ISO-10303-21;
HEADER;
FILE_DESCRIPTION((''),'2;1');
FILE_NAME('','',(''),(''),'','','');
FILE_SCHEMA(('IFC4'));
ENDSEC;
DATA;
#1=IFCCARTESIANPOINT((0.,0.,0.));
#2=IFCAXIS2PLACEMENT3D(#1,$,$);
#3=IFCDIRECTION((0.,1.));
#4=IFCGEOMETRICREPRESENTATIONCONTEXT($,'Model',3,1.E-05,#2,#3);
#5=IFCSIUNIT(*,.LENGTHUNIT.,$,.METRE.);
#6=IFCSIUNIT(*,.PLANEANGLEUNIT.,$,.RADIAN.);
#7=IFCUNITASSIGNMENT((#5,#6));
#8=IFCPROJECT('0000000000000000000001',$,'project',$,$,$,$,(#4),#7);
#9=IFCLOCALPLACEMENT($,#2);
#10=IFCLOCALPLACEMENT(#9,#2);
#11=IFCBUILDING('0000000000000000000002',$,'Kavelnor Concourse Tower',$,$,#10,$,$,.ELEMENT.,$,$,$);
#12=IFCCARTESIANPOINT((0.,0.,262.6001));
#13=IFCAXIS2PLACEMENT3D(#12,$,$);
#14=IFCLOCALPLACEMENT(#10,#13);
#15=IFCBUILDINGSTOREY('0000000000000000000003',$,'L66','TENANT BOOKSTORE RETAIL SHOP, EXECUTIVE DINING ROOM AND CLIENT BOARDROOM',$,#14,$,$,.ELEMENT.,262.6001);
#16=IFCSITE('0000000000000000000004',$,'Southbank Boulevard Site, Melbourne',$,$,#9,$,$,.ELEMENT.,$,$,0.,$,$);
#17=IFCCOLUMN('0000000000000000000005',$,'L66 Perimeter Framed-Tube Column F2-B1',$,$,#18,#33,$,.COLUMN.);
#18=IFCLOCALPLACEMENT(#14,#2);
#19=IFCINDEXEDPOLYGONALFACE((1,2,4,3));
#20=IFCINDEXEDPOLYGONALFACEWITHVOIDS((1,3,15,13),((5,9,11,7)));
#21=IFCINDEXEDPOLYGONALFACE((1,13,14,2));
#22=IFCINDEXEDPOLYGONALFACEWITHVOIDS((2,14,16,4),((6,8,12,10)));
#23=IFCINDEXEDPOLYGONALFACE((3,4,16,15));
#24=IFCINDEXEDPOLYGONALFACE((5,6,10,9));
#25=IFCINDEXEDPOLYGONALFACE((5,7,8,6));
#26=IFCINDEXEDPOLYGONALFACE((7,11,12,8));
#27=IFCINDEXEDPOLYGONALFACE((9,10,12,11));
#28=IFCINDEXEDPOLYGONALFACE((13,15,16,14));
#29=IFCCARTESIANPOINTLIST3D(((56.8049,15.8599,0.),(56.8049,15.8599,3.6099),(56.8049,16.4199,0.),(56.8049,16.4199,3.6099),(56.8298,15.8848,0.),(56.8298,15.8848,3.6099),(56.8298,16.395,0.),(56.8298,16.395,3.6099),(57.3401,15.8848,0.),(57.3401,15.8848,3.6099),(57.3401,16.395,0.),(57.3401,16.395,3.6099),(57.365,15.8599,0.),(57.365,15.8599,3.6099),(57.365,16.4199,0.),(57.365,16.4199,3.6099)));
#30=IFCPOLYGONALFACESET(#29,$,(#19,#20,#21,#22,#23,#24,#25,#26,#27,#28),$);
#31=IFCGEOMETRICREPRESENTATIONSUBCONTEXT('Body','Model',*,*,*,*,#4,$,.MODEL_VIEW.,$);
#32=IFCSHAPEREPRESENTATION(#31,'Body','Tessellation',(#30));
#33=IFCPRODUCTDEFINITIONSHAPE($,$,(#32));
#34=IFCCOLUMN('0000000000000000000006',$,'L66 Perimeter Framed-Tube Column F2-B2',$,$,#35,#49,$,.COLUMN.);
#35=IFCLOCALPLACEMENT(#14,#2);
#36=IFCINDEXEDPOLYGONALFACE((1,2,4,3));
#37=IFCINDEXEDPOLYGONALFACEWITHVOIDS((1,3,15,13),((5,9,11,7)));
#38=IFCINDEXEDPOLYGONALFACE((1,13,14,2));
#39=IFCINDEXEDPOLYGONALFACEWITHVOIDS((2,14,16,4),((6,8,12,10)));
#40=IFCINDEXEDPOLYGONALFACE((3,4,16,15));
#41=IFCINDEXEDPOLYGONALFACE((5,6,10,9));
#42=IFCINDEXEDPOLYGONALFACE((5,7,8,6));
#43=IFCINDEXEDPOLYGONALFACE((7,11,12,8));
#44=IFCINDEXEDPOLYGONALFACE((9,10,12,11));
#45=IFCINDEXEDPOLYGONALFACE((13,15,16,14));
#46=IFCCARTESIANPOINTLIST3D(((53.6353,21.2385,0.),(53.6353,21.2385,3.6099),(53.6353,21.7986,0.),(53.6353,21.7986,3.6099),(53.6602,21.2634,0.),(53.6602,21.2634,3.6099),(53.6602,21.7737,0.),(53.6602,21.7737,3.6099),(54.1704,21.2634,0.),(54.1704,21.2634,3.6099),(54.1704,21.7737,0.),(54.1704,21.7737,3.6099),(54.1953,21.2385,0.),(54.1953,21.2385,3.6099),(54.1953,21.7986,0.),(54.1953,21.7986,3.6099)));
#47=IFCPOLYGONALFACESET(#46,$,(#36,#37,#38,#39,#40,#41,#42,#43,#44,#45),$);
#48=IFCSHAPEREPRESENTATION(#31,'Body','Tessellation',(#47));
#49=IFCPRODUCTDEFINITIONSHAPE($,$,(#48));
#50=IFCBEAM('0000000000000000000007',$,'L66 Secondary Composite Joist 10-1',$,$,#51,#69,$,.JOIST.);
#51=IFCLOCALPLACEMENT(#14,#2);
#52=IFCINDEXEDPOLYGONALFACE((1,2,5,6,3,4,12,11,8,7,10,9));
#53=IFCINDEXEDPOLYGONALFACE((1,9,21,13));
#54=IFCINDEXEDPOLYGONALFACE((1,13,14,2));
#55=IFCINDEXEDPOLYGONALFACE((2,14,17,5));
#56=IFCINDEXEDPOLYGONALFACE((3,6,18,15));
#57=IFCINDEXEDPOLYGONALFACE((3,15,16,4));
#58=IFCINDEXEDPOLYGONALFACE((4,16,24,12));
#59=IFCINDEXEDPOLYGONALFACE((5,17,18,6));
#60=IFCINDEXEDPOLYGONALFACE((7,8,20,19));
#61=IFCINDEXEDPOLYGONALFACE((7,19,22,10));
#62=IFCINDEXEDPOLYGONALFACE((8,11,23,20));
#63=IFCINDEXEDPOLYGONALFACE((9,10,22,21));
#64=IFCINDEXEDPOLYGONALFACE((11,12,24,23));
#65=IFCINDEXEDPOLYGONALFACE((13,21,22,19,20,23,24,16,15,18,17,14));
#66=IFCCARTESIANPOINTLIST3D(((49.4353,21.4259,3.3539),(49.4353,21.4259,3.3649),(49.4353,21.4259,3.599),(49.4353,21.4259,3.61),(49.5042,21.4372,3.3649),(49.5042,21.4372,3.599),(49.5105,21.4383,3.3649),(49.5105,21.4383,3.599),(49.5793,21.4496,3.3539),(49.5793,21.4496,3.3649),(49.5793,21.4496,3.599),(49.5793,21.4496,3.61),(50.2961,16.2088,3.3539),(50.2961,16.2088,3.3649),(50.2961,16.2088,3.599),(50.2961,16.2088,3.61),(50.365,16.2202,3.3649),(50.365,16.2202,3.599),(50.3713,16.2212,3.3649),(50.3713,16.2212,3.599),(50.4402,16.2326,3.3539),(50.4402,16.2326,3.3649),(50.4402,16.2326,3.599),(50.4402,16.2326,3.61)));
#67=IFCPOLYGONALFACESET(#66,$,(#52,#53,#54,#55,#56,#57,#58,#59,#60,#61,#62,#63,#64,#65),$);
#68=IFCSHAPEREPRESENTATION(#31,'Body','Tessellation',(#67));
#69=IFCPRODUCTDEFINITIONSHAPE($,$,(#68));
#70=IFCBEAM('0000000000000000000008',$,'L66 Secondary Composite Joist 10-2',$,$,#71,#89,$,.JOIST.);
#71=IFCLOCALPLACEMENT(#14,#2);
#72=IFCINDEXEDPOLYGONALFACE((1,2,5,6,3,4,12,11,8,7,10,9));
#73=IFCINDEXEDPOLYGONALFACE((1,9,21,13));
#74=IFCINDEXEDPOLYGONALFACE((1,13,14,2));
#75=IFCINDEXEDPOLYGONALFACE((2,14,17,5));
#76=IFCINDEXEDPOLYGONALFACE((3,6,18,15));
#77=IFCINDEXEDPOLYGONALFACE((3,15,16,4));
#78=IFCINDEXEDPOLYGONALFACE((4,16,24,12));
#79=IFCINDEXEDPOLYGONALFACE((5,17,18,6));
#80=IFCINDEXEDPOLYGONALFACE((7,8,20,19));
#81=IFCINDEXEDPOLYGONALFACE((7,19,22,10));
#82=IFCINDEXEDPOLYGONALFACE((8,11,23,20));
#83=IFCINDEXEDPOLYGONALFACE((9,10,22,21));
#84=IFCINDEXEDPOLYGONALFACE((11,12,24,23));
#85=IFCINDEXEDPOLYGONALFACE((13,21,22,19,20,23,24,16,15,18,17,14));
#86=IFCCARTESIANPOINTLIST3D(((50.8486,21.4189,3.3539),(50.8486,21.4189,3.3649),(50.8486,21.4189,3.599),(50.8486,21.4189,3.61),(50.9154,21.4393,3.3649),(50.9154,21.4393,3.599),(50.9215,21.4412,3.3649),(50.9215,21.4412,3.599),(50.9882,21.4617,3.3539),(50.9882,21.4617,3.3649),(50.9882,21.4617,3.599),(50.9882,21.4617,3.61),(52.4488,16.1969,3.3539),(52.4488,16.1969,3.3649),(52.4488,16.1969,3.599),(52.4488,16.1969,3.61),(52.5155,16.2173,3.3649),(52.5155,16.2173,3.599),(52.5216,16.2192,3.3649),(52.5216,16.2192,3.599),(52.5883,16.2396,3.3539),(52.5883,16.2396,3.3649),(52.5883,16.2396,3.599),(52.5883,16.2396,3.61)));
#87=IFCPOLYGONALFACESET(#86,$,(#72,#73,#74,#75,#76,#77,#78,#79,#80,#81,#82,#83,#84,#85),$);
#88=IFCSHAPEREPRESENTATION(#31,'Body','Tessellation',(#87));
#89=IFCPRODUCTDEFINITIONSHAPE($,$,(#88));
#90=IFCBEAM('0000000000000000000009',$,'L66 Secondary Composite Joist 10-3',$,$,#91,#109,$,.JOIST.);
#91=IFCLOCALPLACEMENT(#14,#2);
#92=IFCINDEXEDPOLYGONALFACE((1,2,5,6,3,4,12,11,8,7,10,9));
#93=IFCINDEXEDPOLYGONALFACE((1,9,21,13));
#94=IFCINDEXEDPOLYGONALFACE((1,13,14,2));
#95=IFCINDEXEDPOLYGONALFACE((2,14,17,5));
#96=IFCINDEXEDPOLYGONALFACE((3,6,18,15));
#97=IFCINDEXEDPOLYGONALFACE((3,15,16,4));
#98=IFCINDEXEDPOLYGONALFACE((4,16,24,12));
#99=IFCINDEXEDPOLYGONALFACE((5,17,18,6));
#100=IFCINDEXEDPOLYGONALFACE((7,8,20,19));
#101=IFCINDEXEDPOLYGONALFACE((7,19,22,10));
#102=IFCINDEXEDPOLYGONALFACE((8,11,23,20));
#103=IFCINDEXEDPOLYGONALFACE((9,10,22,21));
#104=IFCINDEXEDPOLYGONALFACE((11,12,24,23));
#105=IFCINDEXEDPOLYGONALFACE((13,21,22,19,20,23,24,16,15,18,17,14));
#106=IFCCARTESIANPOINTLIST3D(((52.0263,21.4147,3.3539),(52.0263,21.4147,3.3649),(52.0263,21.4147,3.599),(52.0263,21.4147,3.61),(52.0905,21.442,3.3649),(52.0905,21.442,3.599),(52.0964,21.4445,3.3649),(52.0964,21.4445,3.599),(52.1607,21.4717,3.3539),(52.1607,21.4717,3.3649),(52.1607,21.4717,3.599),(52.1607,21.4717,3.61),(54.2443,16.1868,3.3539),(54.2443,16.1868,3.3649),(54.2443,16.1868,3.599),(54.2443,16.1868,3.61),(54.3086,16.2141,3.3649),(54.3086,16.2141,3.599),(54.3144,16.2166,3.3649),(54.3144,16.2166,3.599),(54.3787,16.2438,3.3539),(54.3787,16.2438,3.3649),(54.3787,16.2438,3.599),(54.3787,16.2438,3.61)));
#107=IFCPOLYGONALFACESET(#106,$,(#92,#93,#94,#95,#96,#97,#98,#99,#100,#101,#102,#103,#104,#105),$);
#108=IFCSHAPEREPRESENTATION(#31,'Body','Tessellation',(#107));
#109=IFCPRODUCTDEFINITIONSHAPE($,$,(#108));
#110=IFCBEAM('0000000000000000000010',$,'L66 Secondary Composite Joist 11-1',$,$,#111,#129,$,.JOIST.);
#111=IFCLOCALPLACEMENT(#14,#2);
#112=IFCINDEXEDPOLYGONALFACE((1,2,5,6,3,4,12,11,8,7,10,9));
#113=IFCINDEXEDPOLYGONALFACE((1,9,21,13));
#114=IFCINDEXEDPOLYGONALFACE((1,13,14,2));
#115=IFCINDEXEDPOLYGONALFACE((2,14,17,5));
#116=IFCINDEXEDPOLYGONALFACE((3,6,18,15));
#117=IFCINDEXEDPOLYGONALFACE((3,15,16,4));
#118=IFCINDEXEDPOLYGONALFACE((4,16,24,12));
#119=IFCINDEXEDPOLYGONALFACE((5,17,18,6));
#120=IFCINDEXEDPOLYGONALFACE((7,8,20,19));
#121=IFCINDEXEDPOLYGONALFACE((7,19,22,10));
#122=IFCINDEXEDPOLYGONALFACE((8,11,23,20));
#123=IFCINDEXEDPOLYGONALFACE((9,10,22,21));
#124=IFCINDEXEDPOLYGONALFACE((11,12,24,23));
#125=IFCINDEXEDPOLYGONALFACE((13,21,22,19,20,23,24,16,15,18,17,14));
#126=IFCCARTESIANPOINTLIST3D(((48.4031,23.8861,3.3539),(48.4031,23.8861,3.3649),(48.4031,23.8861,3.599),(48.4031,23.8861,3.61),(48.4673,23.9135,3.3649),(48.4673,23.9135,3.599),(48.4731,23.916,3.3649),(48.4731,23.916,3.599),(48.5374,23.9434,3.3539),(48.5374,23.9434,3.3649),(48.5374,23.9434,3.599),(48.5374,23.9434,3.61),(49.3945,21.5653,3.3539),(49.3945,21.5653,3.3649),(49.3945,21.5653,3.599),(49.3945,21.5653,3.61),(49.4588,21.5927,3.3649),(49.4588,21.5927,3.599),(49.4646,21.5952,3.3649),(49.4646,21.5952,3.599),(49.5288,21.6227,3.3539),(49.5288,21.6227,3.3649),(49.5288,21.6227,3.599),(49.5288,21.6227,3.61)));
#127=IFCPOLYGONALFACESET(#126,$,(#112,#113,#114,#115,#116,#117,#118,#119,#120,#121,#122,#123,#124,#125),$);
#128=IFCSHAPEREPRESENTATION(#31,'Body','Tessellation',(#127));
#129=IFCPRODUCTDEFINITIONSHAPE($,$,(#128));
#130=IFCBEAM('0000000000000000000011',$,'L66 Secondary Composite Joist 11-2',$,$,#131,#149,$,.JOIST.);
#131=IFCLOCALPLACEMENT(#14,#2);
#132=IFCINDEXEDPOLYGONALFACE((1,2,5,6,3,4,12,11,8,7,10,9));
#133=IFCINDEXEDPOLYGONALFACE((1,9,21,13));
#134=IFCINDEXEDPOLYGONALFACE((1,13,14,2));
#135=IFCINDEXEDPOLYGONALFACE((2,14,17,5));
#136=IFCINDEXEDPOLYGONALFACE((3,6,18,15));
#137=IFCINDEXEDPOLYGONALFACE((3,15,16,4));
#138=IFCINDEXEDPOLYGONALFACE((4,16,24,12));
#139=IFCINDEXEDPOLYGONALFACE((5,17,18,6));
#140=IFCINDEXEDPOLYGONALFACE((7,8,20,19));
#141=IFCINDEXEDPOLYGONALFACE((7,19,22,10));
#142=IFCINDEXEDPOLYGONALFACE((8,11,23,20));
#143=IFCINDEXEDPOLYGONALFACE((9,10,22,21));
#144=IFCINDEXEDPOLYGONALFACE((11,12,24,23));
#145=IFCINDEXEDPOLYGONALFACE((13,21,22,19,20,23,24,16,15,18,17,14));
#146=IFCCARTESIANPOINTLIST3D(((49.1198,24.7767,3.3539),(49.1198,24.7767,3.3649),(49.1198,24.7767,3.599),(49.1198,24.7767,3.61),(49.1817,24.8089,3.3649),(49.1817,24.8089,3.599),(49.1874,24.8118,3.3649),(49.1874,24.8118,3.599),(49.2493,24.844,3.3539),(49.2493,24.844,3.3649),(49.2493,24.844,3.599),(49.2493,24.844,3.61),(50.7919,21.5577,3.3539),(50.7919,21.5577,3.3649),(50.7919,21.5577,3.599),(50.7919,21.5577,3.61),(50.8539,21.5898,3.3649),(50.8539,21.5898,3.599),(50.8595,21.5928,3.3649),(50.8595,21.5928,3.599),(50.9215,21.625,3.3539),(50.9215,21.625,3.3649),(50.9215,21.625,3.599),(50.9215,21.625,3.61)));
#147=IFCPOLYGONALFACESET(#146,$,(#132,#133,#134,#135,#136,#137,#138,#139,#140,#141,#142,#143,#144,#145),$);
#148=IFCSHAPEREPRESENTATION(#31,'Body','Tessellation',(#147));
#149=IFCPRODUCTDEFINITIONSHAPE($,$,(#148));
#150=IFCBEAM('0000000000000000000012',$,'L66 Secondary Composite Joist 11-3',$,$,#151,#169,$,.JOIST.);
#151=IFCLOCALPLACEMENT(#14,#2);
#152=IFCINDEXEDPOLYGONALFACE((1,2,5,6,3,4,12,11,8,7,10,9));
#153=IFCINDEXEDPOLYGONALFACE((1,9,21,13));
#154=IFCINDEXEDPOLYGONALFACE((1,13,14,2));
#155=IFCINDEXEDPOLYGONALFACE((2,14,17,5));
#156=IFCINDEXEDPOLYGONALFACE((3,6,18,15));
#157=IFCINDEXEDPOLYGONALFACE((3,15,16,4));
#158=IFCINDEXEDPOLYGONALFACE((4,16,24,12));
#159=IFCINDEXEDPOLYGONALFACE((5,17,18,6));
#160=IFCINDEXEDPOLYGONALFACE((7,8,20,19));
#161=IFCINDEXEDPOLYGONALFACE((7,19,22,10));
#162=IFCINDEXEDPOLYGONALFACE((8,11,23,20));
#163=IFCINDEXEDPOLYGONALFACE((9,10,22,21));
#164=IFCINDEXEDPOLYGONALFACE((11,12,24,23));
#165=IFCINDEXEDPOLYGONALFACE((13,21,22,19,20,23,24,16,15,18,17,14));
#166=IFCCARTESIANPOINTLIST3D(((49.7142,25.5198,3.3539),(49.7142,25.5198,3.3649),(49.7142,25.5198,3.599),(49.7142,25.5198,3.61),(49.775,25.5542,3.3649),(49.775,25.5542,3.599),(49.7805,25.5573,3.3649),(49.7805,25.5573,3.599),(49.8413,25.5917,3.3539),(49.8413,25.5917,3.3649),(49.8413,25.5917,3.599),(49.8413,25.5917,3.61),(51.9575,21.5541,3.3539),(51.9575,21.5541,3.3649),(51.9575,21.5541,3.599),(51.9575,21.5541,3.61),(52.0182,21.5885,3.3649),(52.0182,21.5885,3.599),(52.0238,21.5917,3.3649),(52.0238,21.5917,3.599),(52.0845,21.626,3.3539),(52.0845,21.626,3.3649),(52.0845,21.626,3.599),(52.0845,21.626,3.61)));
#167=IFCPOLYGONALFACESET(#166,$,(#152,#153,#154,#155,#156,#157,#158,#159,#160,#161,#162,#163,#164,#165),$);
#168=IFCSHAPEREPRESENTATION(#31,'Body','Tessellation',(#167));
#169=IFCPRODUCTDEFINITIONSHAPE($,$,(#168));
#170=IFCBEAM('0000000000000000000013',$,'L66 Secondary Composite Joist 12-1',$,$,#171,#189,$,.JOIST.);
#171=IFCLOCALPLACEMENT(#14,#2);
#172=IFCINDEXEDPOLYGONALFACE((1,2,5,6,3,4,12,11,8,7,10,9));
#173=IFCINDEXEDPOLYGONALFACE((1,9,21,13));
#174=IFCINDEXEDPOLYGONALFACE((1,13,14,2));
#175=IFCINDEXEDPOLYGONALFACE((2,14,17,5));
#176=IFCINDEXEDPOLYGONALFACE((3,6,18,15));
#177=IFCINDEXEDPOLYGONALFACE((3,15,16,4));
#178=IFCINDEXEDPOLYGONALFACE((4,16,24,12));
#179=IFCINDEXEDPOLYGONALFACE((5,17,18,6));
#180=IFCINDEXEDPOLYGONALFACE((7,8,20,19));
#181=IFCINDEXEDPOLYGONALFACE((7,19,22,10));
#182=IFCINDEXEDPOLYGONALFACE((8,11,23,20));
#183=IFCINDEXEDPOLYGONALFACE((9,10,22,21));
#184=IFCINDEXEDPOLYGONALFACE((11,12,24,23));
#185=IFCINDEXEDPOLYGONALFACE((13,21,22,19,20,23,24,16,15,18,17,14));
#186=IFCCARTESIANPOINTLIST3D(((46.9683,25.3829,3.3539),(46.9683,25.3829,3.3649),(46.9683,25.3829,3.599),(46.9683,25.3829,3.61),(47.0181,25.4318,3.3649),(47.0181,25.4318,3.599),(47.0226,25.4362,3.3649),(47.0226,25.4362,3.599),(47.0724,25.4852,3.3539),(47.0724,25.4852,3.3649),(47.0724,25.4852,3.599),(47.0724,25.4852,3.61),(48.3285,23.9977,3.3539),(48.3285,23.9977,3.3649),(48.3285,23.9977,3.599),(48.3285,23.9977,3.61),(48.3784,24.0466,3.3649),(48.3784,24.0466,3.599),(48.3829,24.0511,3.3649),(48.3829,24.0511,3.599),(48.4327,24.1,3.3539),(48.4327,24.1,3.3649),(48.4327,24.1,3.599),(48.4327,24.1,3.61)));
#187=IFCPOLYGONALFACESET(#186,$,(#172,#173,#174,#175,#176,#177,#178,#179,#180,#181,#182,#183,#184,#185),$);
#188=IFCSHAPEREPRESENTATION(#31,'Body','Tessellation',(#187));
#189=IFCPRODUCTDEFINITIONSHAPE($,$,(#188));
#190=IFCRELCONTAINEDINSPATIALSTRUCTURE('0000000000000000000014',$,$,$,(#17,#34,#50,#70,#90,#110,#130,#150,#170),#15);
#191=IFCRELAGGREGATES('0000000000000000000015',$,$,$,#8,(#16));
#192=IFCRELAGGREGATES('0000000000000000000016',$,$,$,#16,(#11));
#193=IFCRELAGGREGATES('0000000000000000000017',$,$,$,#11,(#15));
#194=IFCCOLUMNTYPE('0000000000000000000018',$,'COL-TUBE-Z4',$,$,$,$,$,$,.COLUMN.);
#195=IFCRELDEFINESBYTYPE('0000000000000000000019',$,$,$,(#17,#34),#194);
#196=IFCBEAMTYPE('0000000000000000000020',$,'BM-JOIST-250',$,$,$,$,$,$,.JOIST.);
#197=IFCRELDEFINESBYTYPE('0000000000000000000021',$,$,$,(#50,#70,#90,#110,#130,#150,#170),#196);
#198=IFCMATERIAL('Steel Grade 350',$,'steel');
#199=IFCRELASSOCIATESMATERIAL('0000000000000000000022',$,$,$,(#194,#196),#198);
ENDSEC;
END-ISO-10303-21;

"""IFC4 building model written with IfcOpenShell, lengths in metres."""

from ifc_helpers import new_model, si_unit, direction, frame, origin, origin_2d, place, context, subcontext, project, spatial, hollow_rectangle, i_section, extrude, material, material_profile, profile_set, type_object, element, save


model = new_model("IFC4")

# Units and contexts
model_context = context("Model", 3, precision=1e-05, world=origin(), true_north=direction((0.0, 1.0)))
body_context = subcontext(model_context, "Body", "Model", "MODEL_VIEW")
ifc_project = project(units=[si_unit("LENGTHUNIT", "METRE"), si_unit("PLANEANGLEUNIT", "RADIAN")], contexts=[model_context])

# Site, building, storey
site_placement = place(None, origin())
site = spatial("IfcSite", under=ifc_project, at=site_placement, Name="Southbank Boulevard Site, Melbourne", CompositionType="ELEMENT", RefElevation=0.0)
building_placement = place(site_placement, origin())
building = spatial("IfcBuilding", under=site, at=building_placement, Name="Kavelnor Concourse Tower", CompositionType="ELEMENT")
storey_placement = place(building_placement, frame((0.0, 0.0, 262.6001)))
storey = spatial("IfcBuildingStorey", under=building, at=storey_placement, Name="L66", Description="TENANT BOOKSTORE RETAIL SHOP, EXECUTIVE DINING ROOM AND CLIENT BOARDROOM", CompositionType="ELEMENT", Elevation=262.6001)

# Columns
ifc_material_1 = material(Name="Steel Grade 350", Category="steel")
ifc_material_profile_1 = material_profile(ifc_material_1, hollow_rectangle(XDim=0.5601, YDim=0.5601, WallThickness=0.0249, at=origin_2d()), Name="SHS 560x560x25")
ifc_profile_set_1 = profile_set([ifc_material_profile_1], Name="Steel Grade 350")
column_type = type_object("IfcColumnType", Name="COL-TUBE-Z4", PredefinedType="COLUMN", material=ifc_profile_set_1)
for number, where, z_axis, x_axis, name in (
    (1, (57.085, 16.1399, 0.0), (0.0, 0.0, 1.0), (1.0, 0.0, 0.0), "L66 Perimeter Framed-Tube Column F2-B1"),
    (2, (53.9153, 21.5186, 0.0), (0.0, 0.0, 1.0), (1.0, 0.0, 0.0), "L66 Perimeter Framed-Tube Column F2-B2"),
):
    element("IfcColumn", number, at=place(storey_placement, frame(where, z_axis=z_axis, x_axis=x_axis)), inside=storey, type_object=column_type, Name=name, PredefinedType="COLUMN", context=body_context, shape_type="SweptSolid", body=[
        extrude(hollow_rectangle(XDim=0.5601, YDim=0.5601, WallThickness=0.0249, at=origin_2d()), origin(), (0.0, 0.0, 1.0), 3.6099),
    ])

# Beams
ifc_material_profile_2 = material_profile(ifc_material_1, i_section(OverallWidth=0.146, OverallDepth=0.2561, WebThickness=0.0063, FlangeThickness=0.011, at=origin_2d()), Name="250UB37")
ifc_profile_set_2 = profile_set([ifc_material_profile_2], Name="Steel Grade 350")
beam_type_1 = type_object("IfcBeamType", Name="BM-JOIST-250", PredefinedType="JOIST", material=ifc_profile_set_2)
beam_1_placement = place(storey_placement, frame((50.3682, 16.2207, 3.4819), z_axis=(-0.162804, 0.986658, 0.0), x_axis=(-0.986658, -0.162804, 0.0)))
element("IfcBeam", 3, at=beam_1_placement, inside=storey, type_object=beam_type_1, Name="L66 Secondary Composite Joist 10-1", PredefinedType="JOIST", context=body_context, shape_type="SweptSolid", body=[
    extrude(i_section(OverallWidth=0.146, OverallDepth=0.2561, WebThickness=0.0063, FlangeThickness=0.011, at=origin_2d()), origin(), (0.0, 0.0, 1.0), 5.2876),
])
beam_2_placement = place(storey_placement, frame((52.5186, 16.2183, 3.4819), z_axis=(-0.292974, 0.956121, 0.0), x_axis=(-0.956121, -0.292974, 0.0)))
element("IfcBeam", 4, at=beam_2_placement, inside=storey, type_object=beam_type_1, Name="L66 Secondary Composite Joist 10-2", PredefinedType="JOIST", context=body_context, shape_type="SweptSolid", body=[
    extrude(i_section(OverallWidth=0.146, OverallDepth=0.2561, WebThickness=0.0063, FlangeThickness=0.011, at=origin_2d()), origin(), (0.0, 0.0, 1.0), 5.4617),
])
beam_3_placement = place(storey_placement, frame((54.3115, 16.2153, 3.4819), z_axis=(-0.390575, 0.920571, 0.0), x_axis=(-0.920571, -0.390575, 0.0)))
element("IfcBeam", 5, at=beam_3_placement, inside=storey, type_object=beam_type_1, Name="L66 Secondary Composite Joist 10-3", PredefinedType="JOIST", context=body_context, shape_type="SweptSolid", body=[
    extrude(i_section(OverallWidth=0.146, OverallDepth=0.2561, WebThickness=0.0063, FlangeThickness=0.011, at=origin_2d()), origin(), (0.0, 0.0, 1.0), 5.679),
])
beam_4_placement = place(storey_placement, frame((49.4617, 21.594, 3.4819), z_axis=(-0.392857, 0.9196, 0.0), x_axis=(-0.9196, -0.392857, 0.0)))
element("IfcBeam", 6, at=beam_4_placement, inside=storey, type_object=beam_type_1, Name="L66 Secondary Composite Joist 11-1", PredefinedType="JOIST", context=body_context, shape_type="SweptSolid", body=[
    extrude(i_section(OverallWidth=0.146, OverallDepth=0.2561, WebThickness=0.0063, FlangeThickness=0.011, at=origin_2d()), origin(), (0.0, 0.0, 1.0), 2.5237),
])
beam_5_placement = place(storey_placement, frame((50.8567, 21.5913, 3.4819), z_axis=(-0.460971, 0.887415, 0.0), x_axis=(-0.887415, -0.460971, 0.0)))
element("IfcBeam", 7, at=beam_5_placement, inside=storey, type_object=beam_type_1, Name="L66 Secondary Composite Joist 11-2", PredefinedType="JOIST", context=body_context, shape_type="SweptSolid", body=[
    extrude(i_section(OverallWidth=0.146, OverallDepth=0.2561, WebThickness=0.0063, FlangeThickness=0.011, at=origin_2d()), origin(), (0.0, 0.0, 1.0), 3.6274),
])
beam_6_placement = place(storey_placement, frame((52.021, 21.5901, 3.4819), z_axis=(-0.492349, 0.870398, 0.0), x_axis=(-0.870398, -0.492349, 0.0)))
element("IfcBeam", 8, at=beam_6_placement, inside=storey, type_object=beam_type_1, Name="L66 Secondary Composite Joist 11-3", PredefinedType="JOIST", context=body_context, shape_type="SweptSolid", body=[
    extrude(i_section(OverallWidth=0.146, OverallDepth=0.2561, WebThickness=0.0063, FlangeThickness=0.011, at=origin_2d()), origin(), (0.0, 0.0, 1.0), 4.5562),
])
beam_7_placement = place(storey_placement, frame((48.3806, 24.0488, 3.4819), z_axis=(-0.700665, 0.713491, 0.0), x_axis=(-0.713491, -0.700665, 0.0)))
element("IfcBeam", 9, at=beam_7_placement, inside=storey, type_object=beam_type_1, Name="L66 Secondary Composite Joist 12-1", PredefinedType="JOIST", context=body_context, shape_type="SweptSolid", body=[
    extrude(i_section(OverallWidth=0.146, OverallDepth=0.2561, WebThickness=0.0063, FlangeThickness=0.011, at=origin_2d()), origin(), (0.0, 0.0, 1.0), 1.9414),
])

save(model, "model.ifc")
